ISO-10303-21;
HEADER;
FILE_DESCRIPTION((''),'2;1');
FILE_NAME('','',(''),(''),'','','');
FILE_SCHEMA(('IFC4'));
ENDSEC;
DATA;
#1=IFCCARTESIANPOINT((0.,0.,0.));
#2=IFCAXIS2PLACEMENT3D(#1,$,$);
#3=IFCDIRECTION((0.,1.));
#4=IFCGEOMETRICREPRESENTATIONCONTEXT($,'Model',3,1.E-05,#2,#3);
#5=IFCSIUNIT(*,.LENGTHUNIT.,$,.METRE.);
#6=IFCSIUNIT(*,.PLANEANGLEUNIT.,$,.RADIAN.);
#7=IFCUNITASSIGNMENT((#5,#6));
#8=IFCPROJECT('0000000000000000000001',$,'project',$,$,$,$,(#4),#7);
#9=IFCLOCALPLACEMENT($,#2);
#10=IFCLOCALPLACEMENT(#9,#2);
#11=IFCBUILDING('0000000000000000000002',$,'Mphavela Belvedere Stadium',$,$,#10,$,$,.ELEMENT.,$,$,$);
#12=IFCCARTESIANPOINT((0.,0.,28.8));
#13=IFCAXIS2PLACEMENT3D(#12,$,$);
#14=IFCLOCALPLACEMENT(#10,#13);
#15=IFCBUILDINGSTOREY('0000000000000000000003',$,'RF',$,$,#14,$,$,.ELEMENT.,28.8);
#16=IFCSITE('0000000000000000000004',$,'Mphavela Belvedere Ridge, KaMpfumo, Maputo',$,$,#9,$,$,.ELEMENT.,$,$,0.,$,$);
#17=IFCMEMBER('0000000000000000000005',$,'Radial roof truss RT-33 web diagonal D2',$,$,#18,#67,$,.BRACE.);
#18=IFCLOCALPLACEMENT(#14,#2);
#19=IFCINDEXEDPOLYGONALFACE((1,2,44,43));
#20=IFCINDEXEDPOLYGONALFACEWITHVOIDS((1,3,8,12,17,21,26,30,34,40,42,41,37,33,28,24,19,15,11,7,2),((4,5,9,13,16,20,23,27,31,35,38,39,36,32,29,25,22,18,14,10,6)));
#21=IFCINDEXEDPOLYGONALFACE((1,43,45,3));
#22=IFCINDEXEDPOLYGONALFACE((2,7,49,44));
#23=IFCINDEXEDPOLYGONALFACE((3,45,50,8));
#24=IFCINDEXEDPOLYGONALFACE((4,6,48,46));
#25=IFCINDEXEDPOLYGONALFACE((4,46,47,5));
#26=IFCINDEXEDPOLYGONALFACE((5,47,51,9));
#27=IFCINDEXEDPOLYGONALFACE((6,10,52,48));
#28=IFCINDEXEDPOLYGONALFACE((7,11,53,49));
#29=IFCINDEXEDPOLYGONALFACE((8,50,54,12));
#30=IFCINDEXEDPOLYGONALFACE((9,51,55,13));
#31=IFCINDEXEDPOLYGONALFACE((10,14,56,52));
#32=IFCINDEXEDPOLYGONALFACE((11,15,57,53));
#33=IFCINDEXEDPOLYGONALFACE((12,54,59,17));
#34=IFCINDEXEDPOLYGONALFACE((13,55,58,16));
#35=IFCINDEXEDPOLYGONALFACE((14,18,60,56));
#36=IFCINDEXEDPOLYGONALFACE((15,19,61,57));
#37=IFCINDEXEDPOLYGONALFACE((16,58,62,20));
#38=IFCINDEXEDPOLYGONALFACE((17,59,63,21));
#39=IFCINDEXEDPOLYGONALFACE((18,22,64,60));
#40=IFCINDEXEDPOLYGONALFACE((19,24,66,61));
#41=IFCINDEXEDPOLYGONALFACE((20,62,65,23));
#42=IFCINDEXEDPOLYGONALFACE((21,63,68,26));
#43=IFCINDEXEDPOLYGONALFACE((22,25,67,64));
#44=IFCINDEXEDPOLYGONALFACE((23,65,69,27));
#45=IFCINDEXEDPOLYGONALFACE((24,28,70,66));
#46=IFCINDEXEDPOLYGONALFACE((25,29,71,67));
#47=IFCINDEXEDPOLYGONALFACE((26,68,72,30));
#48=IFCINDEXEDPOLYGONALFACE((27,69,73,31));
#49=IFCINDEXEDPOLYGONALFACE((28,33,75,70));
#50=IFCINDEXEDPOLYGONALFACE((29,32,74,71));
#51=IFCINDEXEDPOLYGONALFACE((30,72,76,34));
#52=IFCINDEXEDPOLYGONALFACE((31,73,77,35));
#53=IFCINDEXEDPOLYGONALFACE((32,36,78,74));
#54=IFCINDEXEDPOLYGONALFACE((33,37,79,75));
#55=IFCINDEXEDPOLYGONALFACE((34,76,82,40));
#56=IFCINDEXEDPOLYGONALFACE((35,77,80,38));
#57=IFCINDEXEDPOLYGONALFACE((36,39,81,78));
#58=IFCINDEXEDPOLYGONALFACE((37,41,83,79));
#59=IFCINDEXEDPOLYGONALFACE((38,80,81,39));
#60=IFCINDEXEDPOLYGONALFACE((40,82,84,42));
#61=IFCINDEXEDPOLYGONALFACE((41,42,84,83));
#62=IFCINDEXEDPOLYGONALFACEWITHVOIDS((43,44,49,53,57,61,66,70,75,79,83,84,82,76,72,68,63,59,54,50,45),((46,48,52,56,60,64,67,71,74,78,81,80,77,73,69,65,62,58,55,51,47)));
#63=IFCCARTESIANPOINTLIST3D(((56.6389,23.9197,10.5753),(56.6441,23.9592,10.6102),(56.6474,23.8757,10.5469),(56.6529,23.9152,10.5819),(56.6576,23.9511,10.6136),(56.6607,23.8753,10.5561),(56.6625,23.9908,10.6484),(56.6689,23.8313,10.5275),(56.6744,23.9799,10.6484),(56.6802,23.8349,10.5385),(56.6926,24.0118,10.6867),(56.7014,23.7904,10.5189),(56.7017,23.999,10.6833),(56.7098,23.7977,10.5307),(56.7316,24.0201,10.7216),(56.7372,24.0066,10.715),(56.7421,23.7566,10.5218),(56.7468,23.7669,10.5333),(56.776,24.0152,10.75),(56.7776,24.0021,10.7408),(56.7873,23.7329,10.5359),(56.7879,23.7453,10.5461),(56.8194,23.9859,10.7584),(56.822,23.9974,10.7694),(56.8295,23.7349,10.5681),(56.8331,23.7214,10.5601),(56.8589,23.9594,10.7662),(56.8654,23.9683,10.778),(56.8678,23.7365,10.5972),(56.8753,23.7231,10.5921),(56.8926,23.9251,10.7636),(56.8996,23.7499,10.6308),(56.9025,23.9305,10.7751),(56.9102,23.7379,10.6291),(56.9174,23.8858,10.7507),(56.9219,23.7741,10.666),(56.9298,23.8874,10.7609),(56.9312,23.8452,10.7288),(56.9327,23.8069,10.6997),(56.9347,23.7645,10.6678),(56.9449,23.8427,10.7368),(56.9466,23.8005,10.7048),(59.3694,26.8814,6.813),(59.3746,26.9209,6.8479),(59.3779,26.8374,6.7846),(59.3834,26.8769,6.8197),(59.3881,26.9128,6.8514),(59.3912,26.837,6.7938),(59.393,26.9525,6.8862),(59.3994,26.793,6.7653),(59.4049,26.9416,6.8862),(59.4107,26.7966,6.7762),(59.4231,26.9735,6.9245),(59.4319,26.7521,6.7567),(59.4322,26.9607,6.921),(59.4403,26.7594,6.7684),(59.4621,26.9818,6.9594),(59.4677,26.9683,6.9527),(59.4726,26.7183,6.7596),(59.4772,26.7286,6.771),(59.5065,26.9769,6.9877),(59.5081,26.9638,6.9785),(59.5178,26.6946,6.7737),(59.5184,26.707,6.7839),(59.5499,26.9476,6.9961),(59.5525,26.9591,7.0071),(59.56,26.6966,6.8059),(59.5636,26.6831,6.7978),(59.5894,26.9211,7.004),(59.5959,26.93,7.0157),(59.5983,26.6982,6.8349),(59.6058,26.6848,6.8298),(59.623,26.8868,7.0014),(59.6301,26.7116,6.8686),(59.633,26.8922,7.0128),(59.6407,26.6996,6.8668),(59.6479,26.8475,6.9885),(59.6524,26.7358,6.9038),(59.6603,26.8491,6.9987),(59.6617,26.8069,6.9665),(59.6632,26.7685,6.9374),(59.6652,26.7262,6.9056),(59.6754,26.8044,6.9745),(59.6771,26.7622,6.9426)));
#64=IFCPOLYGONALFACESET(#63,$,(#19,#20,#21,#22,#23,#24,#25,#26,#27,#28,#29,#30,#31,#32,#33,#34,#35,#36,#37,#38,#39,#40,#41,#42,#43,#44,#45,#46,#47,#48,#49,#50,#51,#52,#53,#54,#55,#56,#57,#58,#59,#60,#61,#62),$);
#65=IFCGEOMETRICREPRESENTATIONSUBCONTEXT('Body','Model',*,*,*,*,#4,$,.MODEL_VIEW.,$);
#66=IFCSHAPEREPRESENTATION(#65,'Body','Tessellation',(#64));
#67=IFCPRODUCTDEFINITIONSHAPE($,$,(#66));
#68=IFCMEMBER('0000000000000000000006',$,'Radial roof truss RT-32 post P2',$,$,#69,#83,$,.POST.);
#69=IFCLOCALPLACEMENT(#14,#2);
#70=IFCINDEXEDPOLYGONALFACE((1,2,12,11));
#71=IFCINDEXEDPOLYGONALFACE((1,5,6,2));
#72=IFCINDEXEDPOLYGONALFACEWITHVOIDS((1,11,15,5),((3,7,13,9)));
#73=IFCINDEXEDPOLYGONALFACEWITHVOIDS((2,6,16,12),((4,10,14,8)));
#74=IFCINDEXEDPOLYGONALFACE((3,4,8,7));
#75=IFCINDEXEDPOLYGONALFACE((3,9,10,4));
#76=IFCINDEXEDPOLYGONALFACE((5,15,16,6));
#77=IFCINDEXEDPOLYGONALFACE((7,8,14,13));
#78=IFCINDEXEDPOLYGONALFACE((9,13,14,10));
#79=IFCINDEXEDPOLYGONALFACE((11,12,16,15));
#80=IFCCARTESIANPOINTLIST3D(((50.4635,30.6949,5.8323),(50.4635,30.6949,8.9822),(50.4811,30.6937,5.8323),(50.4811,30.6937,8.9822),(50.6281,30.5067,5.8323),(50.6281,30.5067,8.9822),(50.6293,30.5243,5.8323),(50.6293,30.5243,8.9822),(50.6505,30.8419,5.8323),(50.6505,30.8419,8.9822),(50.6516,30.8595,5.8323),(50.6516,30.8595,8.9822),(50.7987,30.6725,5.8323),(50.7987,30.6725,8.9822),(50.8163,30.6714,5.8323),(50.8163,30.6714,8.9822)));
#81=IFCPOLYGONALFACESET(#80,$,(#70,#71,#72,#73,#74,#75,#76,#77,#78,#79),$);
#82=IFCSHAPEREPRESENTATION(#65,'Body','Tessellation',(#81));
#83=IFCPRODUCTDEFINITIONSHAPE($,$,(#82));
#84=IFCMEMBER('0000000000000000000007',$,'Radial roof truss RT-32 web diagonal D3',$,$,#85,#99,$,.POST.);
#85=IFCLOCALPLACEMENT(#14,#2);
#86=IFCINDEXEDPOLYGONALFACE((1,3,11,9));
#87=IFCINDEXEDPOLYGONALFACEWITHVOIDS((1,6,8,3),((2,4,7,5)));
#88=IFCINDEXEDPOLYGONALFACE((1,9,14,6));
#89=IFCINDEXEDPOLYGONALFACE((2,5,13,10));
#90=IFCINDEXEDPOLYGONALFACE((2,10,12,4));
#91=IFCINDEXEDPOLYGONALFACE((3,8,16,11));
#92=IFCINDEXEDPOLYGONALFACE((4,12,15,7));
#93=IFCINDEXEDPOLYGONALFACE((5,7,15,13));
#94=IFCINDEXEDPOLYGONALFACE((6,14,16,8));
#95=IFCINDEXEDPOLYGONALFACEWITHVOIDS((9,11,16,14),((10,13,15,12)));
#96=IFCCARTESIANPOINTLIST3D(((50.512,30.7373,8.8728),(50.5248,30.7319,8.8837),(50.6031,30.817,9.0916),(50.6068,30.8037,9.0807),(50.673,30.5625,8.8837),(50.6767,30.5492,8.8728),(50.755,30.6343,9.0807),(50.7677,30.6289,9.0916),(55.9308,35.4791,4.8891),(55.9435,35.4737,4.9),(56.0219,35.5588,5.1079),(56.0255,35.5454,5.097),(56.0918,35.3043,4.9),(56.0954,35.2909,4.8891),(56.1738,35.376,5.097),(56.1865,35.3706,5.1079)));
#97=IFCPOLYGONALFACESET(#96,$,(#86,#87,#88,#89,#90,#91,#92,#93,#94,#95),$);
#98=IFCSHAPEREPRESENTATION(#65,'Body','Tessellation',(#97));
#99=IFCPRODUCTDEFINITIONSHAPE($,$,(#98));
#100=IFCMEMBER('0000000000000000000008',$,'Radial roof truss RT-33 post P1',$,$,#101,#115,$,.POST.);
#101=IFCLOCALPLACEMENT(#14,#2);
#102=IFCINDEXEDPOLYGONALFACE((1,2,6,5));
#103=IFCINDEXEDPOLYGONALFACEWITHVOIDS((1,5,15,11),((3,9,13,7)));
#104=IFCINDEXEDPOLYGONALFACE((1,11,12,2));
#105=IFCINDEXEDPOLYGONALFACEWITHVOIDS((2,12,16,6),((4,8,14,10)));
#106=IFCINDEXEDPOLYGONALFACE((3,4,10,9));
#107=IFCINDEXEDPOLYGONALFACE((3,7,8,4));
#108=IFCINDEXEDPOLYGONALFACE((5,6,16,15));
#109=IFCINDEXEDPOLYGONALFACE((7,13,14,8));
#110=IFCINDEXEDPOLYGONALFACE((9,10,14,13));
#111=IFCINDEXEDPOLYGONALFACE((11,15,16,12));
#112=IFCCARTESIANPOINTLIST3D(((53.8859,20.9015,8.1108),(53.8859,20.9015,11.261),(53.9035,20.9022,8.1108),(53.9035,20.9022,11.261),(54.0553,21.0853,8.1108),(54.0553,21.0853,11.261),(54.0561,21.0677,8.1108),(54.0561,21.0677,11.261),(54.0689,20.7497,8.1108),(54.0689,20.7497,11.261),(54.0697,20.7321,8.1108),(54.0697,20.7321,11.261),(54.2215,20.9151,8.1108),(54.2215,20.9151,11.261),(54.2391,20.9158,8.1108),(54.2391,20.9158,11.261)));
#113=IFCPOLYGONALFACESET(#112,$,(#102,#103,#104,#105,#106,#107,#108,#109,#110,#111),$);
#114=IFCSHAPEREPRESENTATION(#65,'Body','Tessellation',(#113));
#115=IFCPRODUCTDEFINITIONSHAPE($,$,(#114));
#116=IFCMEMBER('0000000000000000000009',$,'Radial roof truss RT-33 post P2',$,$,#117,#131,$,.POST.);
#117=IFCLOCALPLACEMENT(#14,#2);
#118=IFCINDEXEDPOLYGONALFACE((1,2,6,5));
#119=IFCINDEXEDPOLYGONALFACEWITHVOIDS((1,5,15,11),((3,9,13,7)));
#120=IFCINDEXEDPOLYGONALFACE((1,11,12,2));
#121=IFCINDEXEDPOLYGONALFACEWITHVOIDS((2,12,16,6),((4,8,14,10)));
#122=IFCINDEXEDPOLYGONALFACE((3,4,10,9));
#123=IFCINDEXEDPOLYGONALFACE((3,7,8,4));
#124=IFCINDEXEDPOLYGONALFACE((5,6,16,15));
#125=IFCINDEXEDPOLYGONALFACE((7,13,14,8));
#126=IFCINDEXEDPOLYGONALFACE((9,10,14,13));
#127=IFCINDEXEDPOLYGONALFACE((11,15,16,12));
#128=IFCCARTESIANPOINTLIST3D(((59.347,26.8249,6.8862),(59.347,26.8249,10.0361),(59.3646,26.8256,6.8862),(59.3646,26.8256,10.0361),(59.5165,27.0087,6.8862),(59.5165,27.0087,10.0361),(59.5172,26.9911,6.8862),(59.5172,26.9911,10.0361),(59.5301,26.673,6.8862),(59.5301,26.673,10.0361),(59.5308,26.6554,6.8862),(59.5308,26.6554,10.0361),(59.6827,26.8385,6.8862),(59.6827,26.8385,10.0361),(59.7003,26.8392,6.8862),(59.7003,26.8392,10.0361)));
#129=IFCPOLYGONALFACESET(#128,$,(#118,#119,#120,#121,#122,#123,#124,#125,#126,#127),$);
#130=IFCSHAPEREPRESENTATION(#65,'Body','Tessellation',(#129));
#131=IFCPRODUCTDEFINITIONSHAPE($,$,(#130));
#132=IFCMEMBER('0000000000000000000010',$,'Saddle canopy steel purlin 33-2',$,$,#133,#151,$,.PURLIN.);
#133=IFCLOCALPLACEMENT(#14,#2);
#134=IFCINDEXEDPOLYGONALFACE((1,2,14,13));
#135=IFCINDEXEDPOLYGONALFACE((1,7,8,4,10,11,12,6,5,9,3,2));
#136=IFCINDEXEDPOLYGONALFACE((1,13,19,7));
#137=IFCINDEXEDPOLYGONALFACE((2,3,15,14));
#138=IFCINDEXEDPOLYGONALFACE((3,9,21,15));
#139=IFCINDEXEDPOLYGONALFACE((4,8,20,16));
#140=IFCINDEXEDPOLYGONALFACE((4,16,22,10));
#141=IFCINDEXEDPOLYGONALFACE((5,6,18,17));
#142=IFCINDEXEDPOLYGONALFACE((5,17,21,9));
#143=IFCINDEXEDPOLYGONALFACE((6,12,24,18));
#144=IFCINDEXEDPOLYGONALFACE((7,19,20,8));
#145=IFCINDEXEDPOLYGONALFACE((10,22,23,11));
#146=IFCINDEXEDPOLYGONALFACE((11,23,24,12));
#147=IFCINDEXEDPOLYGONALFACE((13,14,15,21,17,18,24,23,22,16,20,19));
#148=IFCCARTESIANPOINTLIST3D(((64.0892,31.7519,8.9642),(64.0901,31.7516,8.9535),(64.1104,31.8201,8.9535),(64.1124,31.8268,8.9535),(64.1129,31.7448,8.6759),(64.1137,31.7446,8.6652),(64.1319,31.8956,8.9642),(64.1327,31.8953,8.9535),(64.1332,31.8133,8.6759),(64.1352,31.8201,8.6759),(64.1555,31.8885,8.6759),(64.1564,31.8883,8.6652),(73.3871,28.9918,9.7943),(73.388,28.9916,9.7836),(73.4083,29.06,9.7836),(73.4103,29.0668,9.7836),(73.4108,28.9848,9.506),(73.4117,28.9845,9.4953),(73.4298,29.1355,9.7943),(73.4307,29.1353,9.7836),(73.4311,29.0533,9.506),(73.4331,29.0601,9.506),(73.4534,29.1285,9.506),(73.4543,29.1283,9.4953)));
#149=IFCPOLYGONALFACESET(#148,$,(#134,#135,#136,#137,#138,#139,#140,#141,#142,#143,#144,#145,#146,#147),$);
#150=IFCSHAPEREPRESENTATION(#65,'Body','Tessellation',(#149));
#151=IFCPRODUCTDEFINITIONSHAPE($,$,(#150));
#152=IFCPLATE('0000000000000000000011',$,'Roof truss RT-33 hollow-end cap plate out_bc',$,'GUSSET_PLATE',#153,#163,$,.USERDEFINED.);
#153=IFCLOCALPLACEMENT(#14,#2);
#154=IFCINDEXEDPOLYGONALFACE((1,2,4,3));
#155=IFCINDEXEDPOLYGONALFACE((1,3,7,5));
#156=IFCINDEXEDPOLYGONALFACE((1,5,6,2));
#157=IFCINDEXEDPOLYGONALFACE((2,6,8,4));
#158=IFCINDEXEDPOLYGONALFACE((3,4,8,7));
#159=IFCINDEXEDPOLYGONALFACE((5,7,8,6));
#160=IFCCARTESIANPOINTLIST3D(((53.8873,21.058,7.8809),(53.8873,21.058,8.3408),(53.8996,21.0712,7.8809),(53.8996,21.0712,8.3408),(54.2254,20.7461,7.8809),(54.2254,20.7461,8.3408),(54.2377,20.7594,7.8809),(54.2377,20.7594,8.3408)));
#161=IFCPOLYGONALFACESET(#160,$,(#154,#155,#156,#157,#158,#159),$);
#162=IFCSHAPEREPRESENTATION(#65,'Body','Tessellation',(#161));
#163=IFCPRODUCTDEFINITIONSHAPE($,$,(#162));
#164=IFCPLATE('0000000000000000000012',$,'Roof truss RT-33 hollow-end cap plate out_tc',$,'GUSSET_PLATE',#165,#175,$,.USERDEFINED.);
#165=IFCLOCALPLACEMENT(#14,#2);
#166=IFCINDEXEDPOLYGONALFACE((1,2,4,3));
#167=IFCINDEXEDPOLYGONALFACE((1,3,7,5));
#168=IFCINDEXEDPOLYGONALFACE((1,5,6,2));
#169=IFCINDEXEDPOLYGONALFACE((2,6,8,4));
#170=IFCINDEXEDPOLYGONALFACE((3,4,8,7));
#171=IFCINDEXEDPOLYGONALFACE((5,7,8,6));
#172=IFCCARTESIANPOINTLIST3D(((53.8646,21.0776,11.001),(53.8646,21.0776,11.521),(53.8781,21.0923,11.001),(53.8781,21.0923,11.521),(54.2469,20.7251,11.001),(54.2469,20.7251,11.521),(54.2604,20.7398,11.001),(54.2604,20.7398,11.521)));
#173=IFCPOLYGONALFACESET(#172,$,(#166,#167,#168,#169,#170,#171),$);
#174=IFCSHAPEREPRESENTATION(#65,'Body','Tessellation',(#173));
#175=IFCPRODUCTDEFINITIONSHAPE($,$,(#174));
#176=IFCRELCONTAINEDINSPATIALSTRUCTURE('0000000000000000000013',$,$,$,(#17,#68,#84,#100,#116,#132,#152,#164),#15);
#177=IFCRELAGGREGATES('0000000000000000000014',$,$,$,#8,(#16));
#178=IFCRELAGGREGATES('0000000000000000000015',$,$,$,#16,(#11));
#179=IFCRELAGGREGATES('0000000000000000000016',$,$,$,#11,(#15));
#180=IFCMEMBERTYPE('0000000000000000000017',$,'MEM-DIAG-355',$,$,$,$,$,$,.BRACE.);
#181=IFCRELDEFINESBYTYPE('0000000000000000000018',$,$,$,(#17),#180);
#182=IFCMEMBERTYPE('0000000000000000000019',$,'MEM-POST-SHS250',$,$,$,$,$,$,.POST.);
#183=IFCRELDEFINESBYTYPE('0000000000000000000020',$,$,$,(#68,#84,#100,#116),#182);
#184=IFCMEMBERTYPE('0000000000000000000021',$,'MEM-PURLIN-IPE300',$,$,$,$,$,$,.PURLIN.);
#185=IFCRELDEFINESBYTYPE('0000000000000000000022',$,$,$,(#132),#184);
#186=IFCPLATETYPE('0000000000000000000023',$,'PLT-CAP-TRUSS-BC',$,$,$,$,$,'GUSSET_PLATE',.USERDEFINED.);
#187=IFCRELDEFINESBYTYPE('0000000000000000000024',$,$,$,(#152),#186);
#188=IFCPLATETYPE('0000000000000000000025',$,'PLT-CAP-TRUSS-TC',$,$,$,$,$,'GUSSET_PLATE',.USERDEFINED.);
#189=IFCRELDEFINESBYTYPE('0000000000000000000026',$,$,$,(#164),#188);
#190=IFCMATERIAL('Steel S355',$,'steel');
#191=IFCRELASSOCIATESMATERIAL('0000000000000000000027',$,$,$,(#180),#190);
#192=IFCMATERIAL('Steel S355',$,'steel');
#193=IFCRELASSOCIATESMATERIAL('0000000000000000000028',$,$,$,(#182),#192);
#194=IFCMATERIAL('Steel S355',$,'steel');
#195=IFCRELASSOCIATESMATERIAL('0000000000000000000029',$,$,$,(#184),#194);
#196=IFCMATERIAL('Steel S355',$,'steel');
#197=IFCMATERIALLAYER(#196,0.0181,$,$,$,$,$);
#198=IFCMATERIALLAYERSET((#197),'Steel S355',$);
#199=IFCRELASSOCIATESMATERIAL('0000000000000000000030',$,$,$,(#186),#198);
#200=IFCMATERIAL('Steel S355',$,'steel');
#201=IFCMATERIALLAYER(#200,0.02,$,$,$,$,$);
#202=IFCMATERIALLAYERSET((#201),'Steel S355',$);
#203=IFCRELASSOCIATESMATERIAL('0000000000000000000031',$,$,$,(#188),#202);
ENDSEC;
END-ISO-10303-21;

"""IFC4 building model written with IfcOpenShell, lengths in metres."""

from ifc_helpers import new_model, si_unit, direction, frame, origin, origin_2d, place, context, subcontext, project, spatial, rectangle, hollow_rectangle, hollow_circle, i_section, extrude, material, layer, layer_set, material_profile, profile_set, type_object, element, save


model = new_model("IFC4")

# Units and contexts
model_context = context("Model", 3, precision=1e-05, world=origin(), true_north=direction((0.0, 1.0)))
body_context = subcontext(model_context, "Body", "Model", "MODEL_VIEW")
ifc_project = project(units=[si_unit("LENGTHUNIT", "METRE"), si_unit("PLANEANGLEUNIT", "RADIAN")], contexts=[model_context])

# Site, building, storey
site_placement = place(None, origin())
site = spatial("IfcSite", under=ifc_project, at=site_placement, Name="Mphavela Belvedere Ridge, KaMpfumo, Maputo", CompositionType="ELEMENT", RefElevation=0.0)
building_placement = place(site_placement, origin())
building = spatial("IfcBuilding", under=site, at=building_placement, Name="Mphavela Belvedere Stadium", CompositionType="ELEMENT")
storey_placement = place(building_placement, frame((0.0, 0.0, 28.8)))
storey = spatial("IfcBuildingStorey", under=building, at=storey_placement, Name="RF", CompositionType="ELEMENT", Elevation=28.8)

# Members
ifc_material_1 = material(Name="Steel S355", Category="steel")
ifc_material_profile_1 = material_profile(ifc_material_1, hollow_circle(Radius=0.1777, WallThickness=0.0161, at=origin_2d()), Name="CHS 355.6x16")
ifc_profile_set_1 = profile_set([ifc_material_profile_1], Name="Steel S355")
member_type_1 = type_object("IfcMemberType", Name="MEM-DIAG-355", PredefinedType="BRACE", material=ifc_profile_set_1)
member_1_placement = place(storey_placement, frame((56.7932, 23.8704, 10.6484), z_axis=(0.495376, 0.537322, -0.68256), x_axis=(-0.735222, 0.677827, 0.0)))
element("IfcMember", 1, at=member_1_placement, inside=storey, type_object=member_type_1, Name="Radial roof truss RT-33 web diagonal D2", PredefinedType="BRACE", context=body_context, shape_type="SweptSolid", body=[
    extrude(hollow_circle(Radius=0.1777, WallThickness=0.0161, at=origin_2d()), origin(), (0.0, 0.0, 1.0), 5.512),
])
ifc_material_2 = material(Name="Steel S355", Category="steel")
ifc_material_profile_2 = material_profile(ifc_material_2, hollow_rectangle(XDim=0.25, YDim=0.25, WallThickness=0.0125, at=origin_2d()), Name="SHS 250x250x12.5")
ifc_profile_set_2 = profile_set([ifc_material_profile_2], Name="Steel S355")
member_type_2 = type_object("IfcMemberType", Name="MEM-POST-SHS250", PredefinedType="POST", material=ifc_profile_set_2)
member_2_placement = place(storey_placement, frame((50.6399, 30.6831, 5.8323), z_axis=(0.0, 0.0, 1.0), x_axis=(-0.75253, -0.658558, 0.0)))
element("IfcMember", 2, at=member_2_placement, inside=storey, type_object=member_type_2, Name="Radial roof truss RT-32 post P2", PredefinedType="POST", context=body_context, shape_type="SweptSolid", body=[
    extrude(hollow_rectangle(XDim=0.25, YDim=0.25, WallThickness=0.0125, at=origin_2d()), origin(), (0.0, 0.0, 1.0), 3.1499),
])
member_3_placement = place(storey_placement, frame((50.6399, 30.6831, 8.9822), z_axis=(0.658493, 0.576222, -0.484102), x_axis=(-0.658531, 0.752554, 0.0)))
element("IfcMember", 3, at=member_3_placement, inside=storey, type_object=member_type_2, Name="Radial roof truss RT-32 web diagonal D3", PredefinedType="POST", context=body_context, shape_type="SweptSolid", body=[
    extrude(hollow_rectangle(XDim=0.25, YDim=0.25, WallThickness=0.0125, at=origin_2d()), origin(), (0.0, 0.0, 1.0), 8.229),
])
member_4_placement = place(storey_placement, frame((54.0625, 20.9087, 8.1108), z_axis=(0.0, 0.0, 1.0), x_axis=(-0.677903, -0.735151, 0.0)))
element("IfcMember", 4, at=member_4_placement, inside=storey, type_object=member_type_2, Name="Radial roof truss RT-33 post P1", PredefinedType="POST", context=body_context, shape_type="SweptSolid", body=[
    extrude(hollow_rectangle(XDim=0.25, YDim=0.25, WallThickness=0.0125, at=origin_2d()), origin(), (0.0, 0.0, 1.0), 3.1501),
])
member_5_placement = place(storey_placement, frame((59.5237, 26.832, 6.8862), z_axis=(0.0, 0.0, 1.0), x_axis=(-0.677903, -0.735151, 0.0)))
element("IfcMember", 5, at=member_5_placement, inside=storey, type_object=member_type_2, Name="Radial roof truss RT-33 post P2", PredefinedType="POST", context=body_context, shape_type="SweptSolid", body=[
    extrude(hollow_rectangle(XDim=0.25, YDim=0.25, WallThickness=0.0125, at=origin_2d()), origin(), (0.0, 0.0, 1.0), 3.1499),
])
ifc_material_3 = material(Name="Steel S355", Category="steel")
ifc_material_profile_3 = material_profile(ifc_material_3, i_section(OverallWidth=0.1499, OverallDepth=0.3, WebThickness=0.0071, FlangeThickness=0.0107, at=origin_2d()), Name="IPE 300")
ifc_profile_set_3 = profile_set([ifc_material_profile_3], Name="Steel S355")
member_type_3 = type_object("IfcMemberType", Name="MEM-PURLIN-IPE300", PredefinedType="PURLIN", material=ifc_profile_set_3)
member_6_placement = place(storey_placement, frame((64.1228, 31.8201, 8.8147), z_axis=(0.955163, -0.283534, 0.085273), x_axis=(0.284571, 0.958655, 0.0)))
element("IfcMember", 6, at=member_6_placement, inside=storey, type_object=member_type_3, Name="Saddle canopy steel purlin 33-2", PredefinedType="PURLIN", context=body_context, shape_type="SweptSolid", body=[
    extrude(i_section(OverallWidth=0.1499, OverallDepth=0.3, WebThickness=0.0071, FlangeThickness=0.0107, at=origin_2d()), origin(), (0.0, 0.0, 1.0), 9.7344),
])

# Plates
ifc_material_4 = material(Name="Steel S355", Category="steel")
ifc_layer_1 = layer(ifc_material_4, 0.0181)
ifc_layer_set_1 = layer_set([ifc_layer_1], Name="Steel S355")
plate_type_1 = type_object("IfcPlateType", Name="PLT-CAP-TRUSS-BC", ElementType="GUSSET_PLATE", PredefinedType="USERDEFINED", material=ifc_layer_set_1)
plate_1_placement = place(storey_placement, frame((54.0625, 20.9087, 7.8809), z_axis=(0.0, 0.0, 1.0), x_axis=(-0.677903, -0.735151, 0.0)))
element("IfcPlate", 7, at=plate_1_placement, inside=storey, type_object=plate_type_1, Name="Roof truss RT-33 hollow-end cap plate out_bc", ObjectType="GUSSET_PLATE", PredefinedType="USERDEFINED", context=body_context, shape_type="SweptSolid", body=[
    extrude(rectangle(XDim=0.0181, YDim=0.46, at=origin_2d()), origin(), (0.0, 0.0, 1.0), 0.46),
])
ifc_material_5 = material(Name="Steel S355", Category="steel")
ifc_layer_2 = layer(ifc_material_5, 0.02)
ifc_layer_set_2 = layer_set([ifc_layer_2], Name="Steel S355")
plate_type_2 = type_object("IfcPlateType", Name="PLT-CAP-TRUSS-TC", ElementType="GUSSET_PLATE", PredefinedType="USERDEFINED", material=ifc_layer_set_2)
plate_2_placement = place(storey_placement, frame((54.0625, 20.9087, 11.001), z_axis=(0.0, 0.0, 1.0), x_axis=(-0.677903, -0.735151, 0.0)))
element("IfcPlate", 8, at=plate_2_placement, inside=storey, type_object=plate_type_2, Name="Roof truss RT-33 hollow-end cap plate out_tc", ObjectType="GUSSET_PLATE", PredefinedType="USERDEFINED", context=body_context, shape_type="SweptSolid", body=[
    extrude(rectangle(XDim=0.02, YDim=0.52, at=origin_2d()), origin(), (0.0, 0.0, 1.0), 0.52),
])

save(model, "model.ifc")
